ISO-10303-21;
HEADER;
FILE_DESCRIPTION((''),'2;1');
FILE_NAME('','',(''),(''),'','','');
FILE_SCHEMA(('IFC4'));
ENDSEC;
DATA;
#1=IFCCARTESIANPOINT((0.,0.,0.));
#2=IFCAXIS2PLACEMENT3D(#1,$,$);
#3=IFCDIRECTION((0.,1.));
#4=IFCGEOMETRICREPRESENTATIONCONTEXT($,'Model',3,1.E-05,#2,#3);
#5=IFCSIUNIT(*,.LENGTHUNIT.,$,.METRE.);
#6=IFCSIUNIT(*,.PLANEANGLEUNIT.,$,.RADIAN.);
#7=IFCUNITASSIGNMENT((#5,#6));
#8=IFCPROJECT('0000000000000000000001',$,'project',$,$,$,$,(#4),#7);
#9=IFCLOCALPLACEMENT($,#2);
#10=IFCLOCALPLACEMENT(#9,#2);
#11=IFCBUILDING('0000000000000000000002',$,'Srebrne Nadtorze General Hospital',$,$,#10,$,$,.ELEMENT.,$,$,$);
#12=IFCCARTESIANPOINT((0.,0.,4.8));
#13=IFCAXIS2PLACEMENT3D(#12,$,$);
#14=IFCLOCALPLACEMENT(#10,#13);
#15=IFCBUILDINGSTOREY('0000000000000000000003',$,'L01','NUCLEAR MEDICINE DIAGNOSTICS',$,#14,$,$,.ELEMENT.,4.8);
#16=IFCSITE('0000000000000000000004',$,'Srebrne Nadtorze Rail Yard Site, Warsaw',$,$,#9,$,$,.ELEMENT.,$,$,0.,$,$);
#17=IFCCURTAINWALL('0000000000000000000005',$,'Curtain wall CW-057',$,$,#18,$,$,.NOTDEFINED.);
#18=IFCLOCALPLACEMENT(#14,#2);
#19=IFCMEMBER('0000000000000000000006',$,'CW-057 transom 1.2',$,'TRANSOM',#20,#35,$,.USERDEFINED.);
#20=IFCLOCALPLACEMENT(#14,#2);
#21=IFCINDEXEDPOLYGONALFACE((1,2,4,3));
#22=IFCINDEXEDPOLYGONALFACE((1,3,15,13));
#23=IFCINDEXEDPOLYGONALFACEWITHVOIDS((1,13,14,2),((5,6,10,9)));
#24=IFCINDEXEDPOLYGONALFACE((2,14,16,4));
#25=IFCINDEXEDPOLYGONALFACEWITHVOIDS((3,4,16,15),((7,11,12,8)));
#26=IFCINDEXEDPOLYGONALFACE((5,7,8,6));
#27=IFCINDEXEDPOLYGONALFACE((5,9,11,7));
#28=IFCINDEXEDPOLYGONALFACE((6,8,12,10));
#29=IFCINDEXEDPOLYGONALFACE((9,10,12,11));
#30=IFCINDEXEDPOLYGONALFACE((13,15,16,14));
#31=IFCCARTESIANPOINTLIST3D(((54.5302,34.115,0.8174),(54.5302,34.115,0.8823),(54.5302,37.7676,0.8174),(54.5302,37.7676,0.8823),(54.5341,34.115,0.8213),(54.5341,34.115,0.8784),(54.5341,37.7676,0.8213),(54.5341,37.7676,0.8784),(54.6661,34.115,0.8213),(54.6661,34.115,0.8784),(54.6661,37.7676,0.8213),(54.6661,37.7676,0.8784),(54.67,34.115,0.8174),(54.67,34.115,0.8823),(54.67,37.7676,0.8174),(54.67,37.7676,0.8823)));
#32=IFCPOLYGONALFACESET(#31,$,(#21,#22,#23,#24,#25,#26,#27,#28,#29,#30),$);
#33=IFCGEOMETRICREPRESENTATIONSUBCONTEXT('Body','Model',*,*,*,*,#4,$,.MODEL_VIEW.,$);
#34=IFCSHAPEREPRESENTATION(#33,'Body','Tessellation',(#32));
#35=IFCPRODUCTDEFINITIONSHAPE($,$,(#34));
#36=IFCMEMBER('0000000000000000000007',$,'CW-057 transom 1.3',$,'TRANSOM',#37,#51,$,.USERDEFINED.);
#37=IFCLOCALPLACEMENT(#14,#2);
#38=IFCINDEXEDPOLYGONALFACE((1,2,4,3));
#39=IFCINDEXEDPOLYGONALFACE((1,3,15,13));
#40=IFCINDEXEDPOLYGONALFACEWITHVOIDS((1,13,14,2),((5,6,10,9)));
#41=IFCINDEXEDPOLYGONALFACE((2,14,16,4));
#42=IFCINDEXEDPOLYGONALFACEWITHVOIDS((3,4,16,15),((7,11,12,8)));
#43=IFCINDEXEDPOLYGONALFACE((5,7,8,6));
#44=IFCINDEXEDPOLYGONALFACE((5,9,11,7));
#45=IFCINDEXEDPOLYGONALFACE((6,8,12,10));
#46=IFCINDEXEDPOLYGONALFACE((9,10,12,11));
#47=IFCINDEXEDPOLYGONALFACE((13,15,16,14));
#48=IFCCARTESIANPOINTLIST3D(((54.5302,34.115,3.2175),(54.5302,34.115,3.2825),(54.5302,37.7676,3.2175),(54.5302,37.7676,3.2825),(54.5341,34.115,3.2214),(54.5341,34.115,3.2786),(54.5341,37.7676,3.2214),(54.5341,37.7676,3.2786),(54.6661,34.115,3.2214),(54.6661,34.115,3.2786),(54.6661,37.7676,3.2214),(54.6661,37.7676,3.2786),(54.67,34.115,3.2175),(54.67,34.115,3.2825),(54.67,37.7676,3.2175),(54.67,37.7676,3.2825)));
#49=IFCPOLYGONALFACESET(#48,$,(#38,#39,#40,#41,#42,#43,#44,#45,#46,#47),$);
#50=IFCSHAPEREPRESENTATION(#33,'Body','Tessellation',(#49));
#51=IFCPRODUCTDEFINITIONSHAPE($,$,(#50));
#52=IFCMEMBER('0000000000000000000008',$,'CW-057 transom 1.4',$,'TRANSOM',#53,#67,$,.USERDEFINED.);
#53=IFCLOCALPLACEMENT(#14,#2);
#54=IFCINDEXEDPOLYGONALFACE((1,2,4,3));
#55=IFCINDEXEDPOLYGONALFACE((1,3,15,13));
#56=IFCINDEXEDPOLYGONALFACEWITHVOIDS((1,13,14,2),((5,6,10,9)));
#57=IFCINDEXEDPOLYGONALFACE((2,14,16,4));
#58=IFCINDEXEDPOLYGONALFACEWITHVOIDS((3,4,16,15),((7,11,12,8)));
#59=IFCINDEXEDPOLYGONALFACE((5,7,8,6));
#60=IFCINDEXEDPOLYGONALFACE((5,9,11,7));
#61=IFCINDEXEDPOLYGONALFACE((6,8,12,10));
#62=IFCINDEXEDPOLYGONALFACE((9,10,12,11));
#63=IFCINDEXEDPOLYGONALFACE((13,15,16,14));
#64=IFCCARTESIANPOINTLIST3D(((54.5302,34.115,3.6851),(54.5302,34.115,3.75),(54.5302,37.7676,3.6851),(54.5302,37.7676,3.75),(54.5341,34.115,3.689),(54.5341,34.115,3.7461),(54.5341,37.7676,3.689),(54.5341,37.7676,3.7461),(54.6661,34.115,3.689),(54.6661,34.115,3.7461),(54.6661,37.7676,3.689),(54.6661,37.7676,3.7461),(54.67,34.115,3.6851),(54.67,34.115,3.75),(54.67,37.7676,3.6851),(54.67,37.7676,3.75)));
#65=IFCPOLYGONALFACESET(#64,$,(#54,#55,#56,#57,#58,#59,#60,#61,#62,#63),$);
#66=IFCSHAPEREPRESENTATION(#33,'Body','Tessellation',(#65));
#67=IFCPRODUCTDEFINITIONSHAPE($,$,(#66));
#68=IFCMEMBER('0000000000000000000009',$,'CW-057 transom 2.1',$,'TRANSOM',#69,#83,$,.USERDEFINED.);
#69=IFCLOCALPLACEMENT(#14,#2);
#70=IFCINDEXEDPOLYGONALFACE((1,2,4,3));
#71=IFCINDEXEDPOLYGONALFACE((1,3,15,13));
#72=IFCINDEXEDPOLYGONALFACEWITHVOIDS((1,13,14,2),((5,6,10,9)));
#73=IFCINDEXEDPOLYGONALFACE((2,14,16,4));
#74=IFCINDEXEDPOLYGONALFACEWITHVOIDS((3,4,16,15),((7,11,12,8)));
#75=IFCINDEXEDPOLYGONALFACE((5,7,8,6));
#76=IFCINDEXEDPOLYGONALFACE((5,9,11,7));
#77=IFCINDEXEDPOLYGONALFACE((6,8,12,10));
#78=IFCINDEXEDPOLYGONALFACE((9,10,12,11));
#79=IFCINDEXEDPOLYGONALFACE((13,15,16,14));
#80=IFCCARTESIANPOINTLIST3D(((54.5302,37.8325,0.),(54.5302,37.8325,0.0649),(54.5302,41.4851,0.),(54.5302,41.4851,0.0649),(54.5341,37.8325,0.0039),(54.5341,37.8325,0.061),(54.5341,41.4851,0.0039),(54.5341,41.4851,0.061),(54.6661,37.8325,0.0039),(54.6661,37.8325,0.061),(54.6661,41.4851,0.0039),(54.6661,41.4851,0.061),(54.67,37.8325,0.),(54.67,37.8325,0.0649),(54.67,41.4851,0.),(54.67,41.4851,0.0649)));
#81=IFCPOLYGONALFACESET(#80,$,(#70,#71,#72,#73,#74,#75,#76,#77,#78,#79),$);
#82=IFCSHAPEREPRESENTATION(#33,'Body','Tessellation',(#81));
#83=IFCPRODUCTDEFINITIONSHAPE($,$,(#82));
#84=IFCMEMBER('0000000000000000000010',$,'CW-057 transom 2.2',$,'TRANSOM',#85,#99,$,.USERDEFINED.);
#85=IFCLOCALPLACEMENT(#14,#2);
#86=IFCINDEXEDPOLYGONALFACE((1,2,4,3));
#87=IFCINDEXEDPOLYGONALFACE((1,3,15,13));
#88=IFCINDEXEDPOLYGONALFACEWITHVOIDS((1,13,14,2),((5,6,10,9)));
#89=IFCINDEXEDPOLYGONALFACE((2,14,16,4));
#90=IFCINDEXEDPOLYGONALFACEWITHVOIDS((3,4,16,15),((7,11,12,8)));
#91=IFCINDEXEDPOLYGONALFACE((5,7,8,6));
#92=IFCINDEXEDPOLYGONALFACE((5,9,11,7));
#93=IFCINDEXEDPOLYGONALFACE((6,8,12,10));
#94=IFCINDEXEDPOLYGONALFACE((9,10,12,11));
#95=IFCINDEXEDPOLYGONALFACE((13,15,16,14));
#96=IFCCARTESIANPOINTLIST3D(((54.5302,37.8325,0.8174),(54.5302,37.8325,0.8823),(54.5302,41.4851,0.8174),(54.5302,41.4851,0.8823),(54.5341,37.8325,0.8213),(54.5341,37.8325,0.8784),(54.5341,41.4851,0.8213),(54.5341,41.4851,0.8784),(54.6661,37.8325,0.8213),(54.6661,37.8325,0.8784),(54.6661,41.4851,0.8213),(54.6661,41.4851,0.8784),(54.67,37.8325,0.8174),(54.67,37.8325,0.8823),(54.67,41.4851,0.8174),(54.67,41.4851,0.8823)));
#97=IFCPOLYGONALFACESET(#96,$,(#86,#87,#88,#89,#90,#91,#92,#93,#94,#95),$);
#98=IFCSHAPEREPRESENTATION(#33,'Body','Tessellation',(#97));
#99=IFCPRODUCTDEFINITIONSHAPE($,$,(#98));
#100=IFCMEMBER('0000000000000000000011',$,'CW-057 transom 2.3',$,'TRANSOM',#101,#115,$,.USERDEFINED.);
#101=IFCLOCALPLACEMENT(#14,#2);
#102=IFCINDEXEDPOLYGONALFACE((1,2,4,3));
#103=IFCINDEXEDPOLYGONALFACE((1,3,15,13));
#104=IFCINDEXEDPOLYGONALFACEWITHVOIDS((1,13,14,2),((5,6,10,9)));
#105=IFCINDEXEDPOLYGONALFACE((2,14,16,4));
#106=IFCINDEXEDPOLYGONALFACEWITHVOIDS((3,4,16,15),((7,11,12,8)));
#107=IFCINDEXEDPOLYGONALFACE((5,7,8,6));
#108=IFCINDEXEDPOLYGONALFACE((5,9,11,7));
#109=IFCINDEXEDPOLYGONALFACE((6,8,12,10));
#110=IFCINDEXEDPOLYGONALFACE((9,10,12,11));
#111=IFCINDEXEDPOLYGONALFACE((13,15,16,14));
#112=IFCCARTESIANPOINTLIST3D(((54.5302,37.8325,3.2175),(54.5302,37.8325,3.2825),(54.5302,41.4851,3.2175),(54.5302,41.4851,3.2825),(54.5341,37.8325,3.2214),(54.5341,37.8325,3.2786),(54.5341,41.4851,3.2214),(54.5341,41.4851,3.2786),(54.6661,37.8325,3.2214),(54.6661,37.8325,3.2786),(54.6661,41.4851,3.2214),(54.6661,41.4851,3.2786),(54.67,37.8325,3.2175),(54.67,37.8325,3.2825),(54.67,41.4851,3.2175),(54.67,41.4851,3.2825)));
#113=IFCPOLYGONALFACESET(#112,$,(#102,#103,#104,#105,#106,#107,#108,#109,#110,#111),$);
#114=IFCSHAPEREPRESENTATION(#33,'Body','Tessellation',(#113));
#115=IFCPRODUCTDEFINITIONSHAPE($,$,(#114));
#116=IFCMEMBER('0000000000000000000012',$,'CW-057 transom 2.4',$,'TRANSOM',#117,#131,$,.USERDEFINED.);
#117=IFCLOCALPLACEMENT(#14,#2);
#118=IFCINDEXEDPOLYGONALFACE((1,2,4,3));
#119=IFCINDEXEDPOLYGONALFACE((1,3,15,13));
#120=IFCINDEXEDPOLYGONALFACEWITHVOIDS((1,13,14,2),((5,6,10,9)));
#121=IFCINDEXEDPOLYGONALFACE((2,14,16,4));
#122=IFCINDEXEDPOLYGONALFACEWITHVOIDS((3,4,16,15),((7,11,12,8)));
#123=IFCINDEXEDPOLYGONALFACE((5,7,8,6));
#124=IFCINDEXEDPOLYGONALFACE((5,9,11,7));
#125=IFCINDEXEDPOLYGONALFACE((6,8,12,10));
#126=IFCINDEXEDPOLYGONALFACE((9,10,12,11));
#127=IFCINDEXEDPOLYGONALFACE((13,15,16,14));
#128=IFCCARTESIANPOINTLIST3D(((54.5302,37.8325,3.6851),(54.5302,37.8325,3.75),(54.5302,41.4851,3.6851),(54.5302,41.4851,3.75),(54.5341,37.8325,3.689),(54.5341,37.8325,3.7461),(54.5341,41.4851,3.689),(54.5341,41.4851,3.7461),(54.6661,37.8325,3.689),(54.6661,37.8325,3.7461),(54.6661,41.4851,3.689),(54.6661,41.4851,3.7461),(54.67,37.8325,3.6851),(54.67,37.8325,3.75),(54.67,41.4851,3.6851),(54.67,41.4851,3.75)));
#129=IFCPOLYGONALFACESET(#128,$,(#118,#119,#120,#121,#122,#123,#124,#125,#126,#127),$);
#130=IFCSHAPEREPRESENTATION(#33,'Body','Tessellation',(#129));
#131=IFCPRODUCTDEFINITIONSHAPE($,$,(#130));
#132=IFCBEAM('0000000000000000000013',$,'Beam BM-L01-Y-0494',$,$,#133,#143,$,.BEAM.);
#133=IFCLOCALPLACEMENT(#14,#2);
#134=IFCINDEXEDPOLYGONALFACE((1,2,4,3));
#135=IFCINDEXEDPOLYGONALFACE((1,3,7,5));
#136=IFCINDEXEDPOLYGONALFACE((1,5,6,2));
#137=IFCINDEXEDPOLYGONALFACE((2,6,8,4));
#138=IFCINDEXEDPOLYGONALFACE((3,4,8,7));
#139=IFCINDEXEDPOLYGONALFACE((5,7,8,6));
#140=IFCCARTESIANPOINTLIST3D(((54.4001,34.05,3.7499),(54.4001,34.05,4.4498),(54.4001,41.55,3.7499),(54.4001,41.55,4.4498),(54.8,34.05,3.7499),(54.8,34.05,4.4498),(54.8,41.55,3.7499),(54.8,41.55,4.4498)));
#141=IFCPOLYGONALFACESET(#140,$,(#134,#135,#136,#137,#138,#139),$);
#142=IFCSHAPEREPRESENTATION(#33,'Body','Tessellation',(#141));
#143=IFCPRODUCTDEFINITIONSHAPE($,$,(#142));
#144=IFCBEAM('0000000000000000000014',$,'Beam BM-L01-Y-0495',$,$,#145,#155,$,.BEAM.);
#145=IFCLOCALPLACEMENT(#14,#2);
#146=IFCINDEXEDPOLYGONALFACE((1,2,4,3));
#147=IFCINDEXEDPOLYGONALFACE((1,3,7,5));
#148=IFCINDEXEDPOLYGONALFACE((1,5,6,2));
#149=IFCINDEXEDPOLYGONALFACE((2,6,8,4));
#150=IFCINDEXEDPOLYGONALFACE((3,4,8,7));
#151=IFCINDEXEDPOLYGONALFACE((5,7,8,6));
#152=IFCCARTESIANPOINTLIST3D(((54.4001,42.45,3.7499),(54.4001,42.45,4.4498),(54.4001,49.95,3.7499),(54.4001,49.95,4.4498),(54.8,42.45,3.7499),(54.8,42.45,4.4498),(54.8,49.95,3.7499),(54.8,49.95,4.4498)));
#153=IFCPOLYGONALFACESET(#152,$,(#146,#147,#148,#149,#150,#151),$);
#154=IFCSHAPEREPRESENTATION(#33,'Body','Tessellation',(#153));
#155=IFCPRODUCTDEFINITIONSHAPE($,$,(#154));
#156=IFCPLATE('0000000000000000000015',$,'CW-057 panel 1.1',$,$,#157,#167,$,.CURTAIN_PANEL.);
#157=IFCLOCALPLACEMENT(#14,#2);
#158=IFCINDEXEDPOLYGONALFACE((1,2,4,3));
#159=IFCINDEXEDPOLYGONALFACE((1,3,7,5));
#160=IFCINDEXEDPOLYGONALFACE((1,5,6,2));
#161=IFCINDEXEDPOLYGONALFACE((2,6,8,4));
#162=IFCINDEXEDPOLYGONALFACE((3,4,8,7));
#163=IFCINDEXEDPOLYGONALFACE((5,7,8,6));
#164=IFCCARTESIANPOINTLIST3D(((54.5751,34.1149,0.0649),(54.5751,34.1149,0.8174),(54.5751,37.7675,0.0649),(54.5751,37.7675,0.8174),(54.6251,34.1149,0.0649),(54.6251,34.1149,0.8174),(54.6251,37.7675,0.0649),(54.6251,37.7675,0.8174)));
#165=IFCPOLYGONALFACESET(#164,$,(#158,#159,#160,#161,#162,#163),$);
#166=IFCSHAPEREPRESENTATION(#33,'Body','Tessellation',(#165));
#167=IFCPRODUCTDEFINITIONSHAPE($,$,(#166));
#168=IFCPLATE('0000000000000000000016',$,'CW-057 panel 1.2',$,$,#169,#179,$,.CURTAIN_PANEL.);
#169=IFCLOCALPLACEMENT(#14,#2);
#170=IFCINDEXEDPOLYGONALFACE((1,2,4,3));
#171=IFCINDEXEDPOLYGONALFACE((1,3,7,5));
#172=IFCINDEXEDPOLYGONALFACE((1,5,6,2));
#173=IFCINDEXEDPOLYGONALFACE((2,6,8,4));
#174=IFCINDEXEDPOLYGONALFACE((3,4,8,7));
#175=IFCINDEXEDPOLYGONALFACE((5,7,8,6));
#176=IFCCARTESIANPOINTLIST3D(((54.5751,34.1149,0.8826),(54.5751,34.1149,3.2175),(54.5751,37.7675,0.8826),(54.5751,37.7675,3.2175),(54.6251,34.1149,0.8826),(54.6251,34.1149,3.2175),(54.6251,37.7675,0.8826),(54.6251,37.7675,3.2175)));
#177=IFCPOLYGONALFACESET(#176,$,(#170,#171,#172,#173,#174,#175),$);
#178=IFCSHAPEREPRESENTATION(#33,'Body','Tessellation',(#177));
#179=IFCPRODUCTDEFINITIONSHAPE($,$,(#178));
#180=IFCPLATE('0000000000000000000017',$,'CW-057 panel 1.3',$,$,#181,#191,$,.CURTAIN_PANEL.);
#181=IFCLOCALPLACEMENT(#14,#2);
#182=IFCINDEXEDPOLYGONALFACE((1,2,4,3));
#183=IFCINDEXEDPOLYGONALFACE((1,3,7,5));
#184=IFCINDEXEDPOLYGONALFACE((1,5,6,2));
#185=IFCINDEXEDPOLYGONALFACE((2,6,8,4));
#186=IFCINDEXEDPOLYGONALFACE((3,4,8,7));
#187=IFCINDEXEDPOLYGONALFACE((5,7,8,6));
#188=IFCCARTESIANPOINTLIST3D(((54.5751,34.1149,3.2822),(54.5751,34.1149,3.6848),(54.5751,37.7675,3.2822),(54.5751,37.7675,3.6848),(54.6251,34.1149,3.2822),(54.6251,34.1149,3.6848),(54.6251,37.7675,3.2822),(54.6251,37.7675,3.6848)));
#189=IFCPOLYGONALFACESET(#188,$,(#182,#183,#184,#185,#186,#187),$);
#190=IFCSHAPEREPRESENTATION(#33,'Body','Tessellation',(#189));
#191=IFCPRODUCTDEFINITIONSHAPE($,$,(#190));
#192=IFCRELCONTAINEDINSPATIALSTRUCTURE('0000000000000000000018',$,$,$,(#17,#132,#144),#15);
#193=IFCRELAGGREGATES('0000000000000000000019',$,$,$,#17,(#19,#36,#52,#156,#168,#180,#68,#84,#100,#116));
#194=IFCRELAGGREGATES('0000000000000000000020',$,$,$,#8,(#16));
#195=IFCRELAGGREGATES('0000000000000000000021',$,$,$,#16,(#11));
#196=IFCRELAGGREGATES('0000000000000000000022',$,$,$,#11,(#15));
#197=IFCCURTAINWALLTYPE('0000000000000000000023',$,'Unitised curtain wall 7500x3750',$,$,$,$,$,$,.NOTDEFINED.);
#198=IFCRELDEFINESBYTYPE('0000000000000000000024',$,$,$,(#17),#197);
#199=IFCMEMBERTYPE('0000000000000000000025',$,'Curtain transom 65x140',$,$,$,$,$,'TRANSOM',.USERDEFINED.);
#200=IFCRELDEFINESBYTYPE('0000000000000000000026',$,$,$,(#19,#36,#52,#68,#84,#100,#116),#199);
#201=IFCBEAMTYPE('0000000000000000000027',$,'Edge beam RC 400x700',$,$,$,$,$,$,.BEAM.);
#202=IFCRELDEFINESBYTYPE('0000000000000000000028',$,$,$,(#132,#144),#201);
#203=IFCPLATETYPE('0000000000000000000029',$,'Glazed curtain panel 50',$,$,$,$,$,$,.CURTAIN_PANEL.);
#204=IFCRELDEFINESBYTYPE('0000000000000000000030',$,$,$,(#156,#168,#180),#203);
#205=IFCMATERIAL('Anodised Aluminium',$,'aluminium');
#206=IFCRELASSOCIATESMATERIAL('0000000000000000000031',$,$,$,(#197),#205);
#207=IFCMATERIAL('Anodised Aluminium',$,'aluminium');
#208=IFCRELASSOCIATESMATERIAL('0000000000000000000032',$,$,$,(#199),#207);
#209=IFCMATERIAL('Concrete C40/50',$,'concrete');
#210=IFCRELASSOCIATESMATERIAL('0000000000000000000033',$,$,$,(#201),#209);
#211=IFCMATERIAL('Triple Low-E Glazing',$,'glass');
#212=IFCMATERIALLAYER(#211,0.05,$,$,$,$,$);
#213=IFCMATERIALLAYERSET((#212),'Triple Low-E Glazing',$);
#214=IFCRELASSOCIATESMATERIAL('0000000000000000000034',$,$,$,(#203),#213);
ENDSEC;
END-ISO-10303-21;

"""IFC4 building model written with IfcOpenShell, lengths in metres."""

from ifc_helpers import new_model, si_unit, direction, frame, origin, origin_2d, place, context, subcontext, project, spatial, rectangle, hollow_rectangle, extrude, material, layer, layer_set, material_profile, profile_set, type_object, element, aggregate, save


model = new_model("IFC4")

# Units and contexts
model_context = context("Model", 3, precision=1e-05, world=origin(), true_north=direction((0.0, 1.0)))
body_context = subcontext(model_context, "Body", "Model", "MODEL_VIEW")
ifc_project = project(units=[si_unit("LENGTHUNIT", "METRE"), si_unit("PLANEANGLEUNIT", "RADIAN")], contexts=[model_context])

# Site, building, storey
site_placement = place(None, origin())
site = spatial("IfcSite", under=ifc_project, at=site_placement, Name="Srebrne Nadtorze Rail Yard Site, Warsaw", CompositionType="ELEMENT", RefElevation=0.0)
building_placement = place(site_placement, origin())
building = spatial("IfcBuilding", under=site, at=building_placement, Name="Srebrne Nadtorze General Hospital", CompositionType="ELEMENT")
storey_placement = place(building_placement, frame((0.0, 0.0, 4.8)))
storey = spatial("IfcBuildingStorey", under=building, at=storey_placement, Name="L01", Description="NUCLEAR MEDICINE DIAGNOSTICS", CompositionType="ELEMENT", Elevation=4.8)

# Shared definitions
ifc_material_1 = material(Name="Anodised Aluminium", Category="aluminium")
curtain_wall_type = type_object("IfcCurtainWallType", Name="Unitised curtain wall 7500x3750", PredefinedType="NOTDEFINED", material=ifc_material_1)

# Curtain wall
curtain_wall_1_placement = place(storey_placement, origin())
curtain_wall_1 = element("IfcCurtainWall", 1, at=curtain_wall_1_placement, inside=storey, type_object=curtain_wall_type, Name="Curtain wall CW-057", PredefinedType="NOTDEFINED")

# Members
ifc_material_2 = material(Name="Anodised Aluminium", Category="aluminium")
ifc_material_profile_1 = material_profile(ifc_material_2, hollow_rectangle(XDim=0.0649, YDim=0.1399, WallThickness=0.0039, at=origin_2d()), Name="AL-TRN-65x140")
ifc_profile_set_1 = profile_set([ifc_material_profile_1], Name="Anodised Aluminium")
member_type_1 = type_object("IfcMemberType", Name="Curtain transom 65x140", ElementType="TRANSOM", PredefinedType="USERDEFINED", material=ifc_profile_set_1)
member_1_placement = place(storey_placement, frame((54.6001, 34.115, 0.8499), z_axis=(0.0, 1.0, 0.0), x_axis=(0.0, 0.0, 1.0)))
member_1 = element("IfcMember", 2, at=member_1_placement, type_object=member_type_1, Name="CW-057 transom 1.2", ObjectType="TRANSOM", PredefinedType="USERDEFINED", context=body_context, shape_type="SweptSolid", body=[
    extrude(hollow_rectangle(XDim=0.0649, YDim=0.1399, WallThickness=0.0039, at=origin_2d()), origin(), (0.0, 0.0, 1.0), 3.6526),
])
member_2_placement = place(storey_placement, frame((54.6001, 34.115, 3.25), z_axis=(0.0, 1.0, 0.0), x_axis=(0.0, 0.0, 1.0)))
member_2 = element("IfcMember", 3, at=member_2_placement, type_object=member_type_1, Name="CW-057 transom 1.3", ObjectType="TRANSOM", PredefinedType="USERDEFINED", context=body_context, shape_type="SweptSolid", body=[
    extrude(hollow_rectangle(XDim=0.0649, YDim=0.1399, WallThickness=0.0039, at=origin_2d()), origin(), (0.0, 0.0, 1.0), 3.6526),
])
member_3_placement = place(storey_placement, frame((54.6001, 34.115, 3.7175), z_axis=(0.0, 1.0, 0.0), x_axis=(0.0, 0.0, 1.0)))
member_3 = element("IfcMember", 4, at=member_3_placement, type_object=member_type_1, Name="CW-057 transom 1.4", ObjectType="TRANSOM", PredefinedType="USERDEFINED", context=body_context, shape_type="SweptSolid", body=[
    extrude(hollow_rectangle(XDim=0.0649, YDim=0.1399, WallThickness=0.0039, at=origin_2d()), origin(), (0.0, 0.0, 1.0), 3.6526),
])
member_4_placement = place(storey_placement, frame((54.6001, 37.8325, 0.0325), z_axis=(0.0, 1.0, 0.0), x_axis=(0.0, 0.0, 1.0)))
member_4 = element("IfcMember", 5, at=member_4_placement, type_object=member_type_1, Name="CW-057 transom 2.1", ObjectType="TRANSOM", PredefinedType="USERDEFINED", context=body_context, shape_type="SweptSolid", body=[
    extrude(hollow_rectangle(XDim=0.0649, YDim=0.1399, WallThickness=0.0039, at=origin_2d()), origin(), (0.0, 0.0, 1.0), 3.6526),
])
member_5_placement = place(storey_placement, frame((54.6001, 37.8325, 0.8499), z_axis=(0.0, 1.0, 0.0), x_axis=(0.0, 0.0, 1.0)))
member_5 = element("IfcMember", 6, at=member_5_placement, type_object=member_type_1, Name="CW-057 transom 2.2", ObjectType="TRANSOM", PredefinedType="USERDEFINED", context=body_context, shape_type="SweptSolid", body=[
    extrude(hollow_rectangle(XDim=0.0649, YDim=0.1399, WallThickness=0.0039, at=origin_2d()), origin(), (0.0, 0.0, 1.0), 3.6526),
])
member_6_placement = place(storey_placement, frame((54.6001, 37.8325, 3.25), z_axis=(0.0, 1.0, 0.0), x_axis=(0.0, 0.0, 1.0)))
member_6 = element("IfcMember", 7, at=member_6_placement, type_object=member_type_1, Name="CW-057 transom 2.3", ObjectType="TRANSOM", PredefinedType="USERDEFINED", context=body_context, shape_type="SweptSolid", body=[
    extrude(hollow_rectangle(XDim=0.0649, YDim=0.1399, WallThickness=0.0039, at=origin_2d()), origin(), (0.0, 0.0, 1.0), 3.6526),
])
member_7_placement = place(storey_placement, frame((54.6001, 37.8325, 3.7175), z_axis=(0.0, 1.0, 0.0), x_axis=(0.0, 0.0, 1.0)))
member_7 = element("IfcMember", 8, at=member_7_placement, type_object=member_type_1, Name="CW-057 transom 2.4", ObjectType="TRANSOM", PredefinedType="USERDEFINED", context=body_context, shape_type="SweptSolid", body=[
    extrude(hollow_rectangle(XDim=0.0649, YDim=0.1399, WallThickness=0.0039, at=origin_2d()), origin(), (0.0, 0.0, 1.0), 3.6526),
])

# Beams
ifc_material_3 = material(Name="Concrete C40/50", Category="concrete")
ifc_material_profile_2 = material_profile(ifc_material_3, rectangle(XDim=0.3999, YDim=0.7, at=origin_2d()), Name="RC-BM-400x700")
ifc_profile_set_2 = profile_set([ifc_material_profile_2], Name="Concrete C40/50")
beam_type = type_object("IfcBeamType", Name="Edge beam RC 400x700", PredefinedType="BEAM", material=ifc_profile_set_2)
for number, where, z_axis, x_axis, name in (
    (9, (54.6001, 34.05, 4.0999), (0.0, 1.0, 0.0), (-1.0, 0.0, 0.0), "Beam BM-L01-Y-0494"),
    (10, (54.6001, 42.45, 4.0999), (0.0, 1.0, 0.0), (-1.0, 0.0, 0.0), "Beam BM-L01-Y-0495"),
):
    element("IfcBeam", number, at=place(storey_placement, frame(where, z_axis=z_axis, x_axis=x_axis)), inside=storey, type_object=beam_type, Name=name, PredefinedType="BEAM", context=body_context, shape_type="SweptSolid", body=[
        extrude(rectangle(XDim=0.3999, YDim=0.7, at=origin_2d()), origin(), (0.0, 0.0, 1.0), 7.5),
    ])

# Plates
ifc_material_4 = material(Name="Triple Low-E Glazing", Category="glass")
ifc_layer = layer(ifc_material_4, 0.05)
ifc_layer_set = layer_set([ifc_layer], Name="Triple Low-E Glazing")
plate_type = type_object("IfcPlateType", Name="Glazed curtain panel 50", PredefinedType="CURTAIN_PANEL", material=ifc_layer_set)
plate_1_placement = place(storey_placement, frame((54.6001, 35.9412, 0.0649), z_axis=(0.0, 0.0, 1.0), x_axis=(0.0, 1.0, 0.0)))
plate_1 = element("IfcPlate", 11, at=plate_1_placement, type_object=plate_type, Name="CW-057 panel 1.1", PredefinedType="CURTAIN_PANEL", context=body_context, shape_type="SweptSolid", body=[
    extrude(rectangle(XDim=3.6526, YDim=0.05, at=origin_2d()), origin(), (0.0, 0.0, 1.0), 0.7524),
])
plate_2_placement = place(storey_placement, frame((54.6001, 35.9412, 0.8826), z_axis=(0.0, 0.0, 1.0), x_axis=(0.0, 1.0, 0.0)))
plate_2 = element("IfcPlate", 12, at=plate_2_placement, type_object=plate_type, Name="CW-057 panel 1.2", PredefinedType="CURTAIN_PANEL", context=body_context, shape_type="SweptSolid", body=[
    extrude(rectangle(XDim=3.6526, YDim=0.05, at=origin_2d()), origin(), (0.0, 0.0, 1.0), 2.335),
])
plate_3_placement = place(storey_placement, frame((54.6001, 35.9412, 3.2822), z_axis=(0.0, 0.0, 1.0), x_axis=(0.0, 1.0, 0.0)))
plate_3 = element("IfcPlate", 13, at=plate_3_placement, type_object=plate_type, Name="CW-057 panel 1.3", PredefinedType="CURTAIN_PANEL", context=body_context, shape_type="SweptSolid", body=[
    extrude(rectangle(XDim=3.6526, YDim=0.05, at=origin_2d()), origin(), (0.0, 0.0, 1.0), 0.4026),
])
aggregate(curtain_wall_1, [member_1, member_2, member_3, plate_1, plate_2, plate_3, member_4, member_5, member_6, member_7])

save(model, "model.ifc")
